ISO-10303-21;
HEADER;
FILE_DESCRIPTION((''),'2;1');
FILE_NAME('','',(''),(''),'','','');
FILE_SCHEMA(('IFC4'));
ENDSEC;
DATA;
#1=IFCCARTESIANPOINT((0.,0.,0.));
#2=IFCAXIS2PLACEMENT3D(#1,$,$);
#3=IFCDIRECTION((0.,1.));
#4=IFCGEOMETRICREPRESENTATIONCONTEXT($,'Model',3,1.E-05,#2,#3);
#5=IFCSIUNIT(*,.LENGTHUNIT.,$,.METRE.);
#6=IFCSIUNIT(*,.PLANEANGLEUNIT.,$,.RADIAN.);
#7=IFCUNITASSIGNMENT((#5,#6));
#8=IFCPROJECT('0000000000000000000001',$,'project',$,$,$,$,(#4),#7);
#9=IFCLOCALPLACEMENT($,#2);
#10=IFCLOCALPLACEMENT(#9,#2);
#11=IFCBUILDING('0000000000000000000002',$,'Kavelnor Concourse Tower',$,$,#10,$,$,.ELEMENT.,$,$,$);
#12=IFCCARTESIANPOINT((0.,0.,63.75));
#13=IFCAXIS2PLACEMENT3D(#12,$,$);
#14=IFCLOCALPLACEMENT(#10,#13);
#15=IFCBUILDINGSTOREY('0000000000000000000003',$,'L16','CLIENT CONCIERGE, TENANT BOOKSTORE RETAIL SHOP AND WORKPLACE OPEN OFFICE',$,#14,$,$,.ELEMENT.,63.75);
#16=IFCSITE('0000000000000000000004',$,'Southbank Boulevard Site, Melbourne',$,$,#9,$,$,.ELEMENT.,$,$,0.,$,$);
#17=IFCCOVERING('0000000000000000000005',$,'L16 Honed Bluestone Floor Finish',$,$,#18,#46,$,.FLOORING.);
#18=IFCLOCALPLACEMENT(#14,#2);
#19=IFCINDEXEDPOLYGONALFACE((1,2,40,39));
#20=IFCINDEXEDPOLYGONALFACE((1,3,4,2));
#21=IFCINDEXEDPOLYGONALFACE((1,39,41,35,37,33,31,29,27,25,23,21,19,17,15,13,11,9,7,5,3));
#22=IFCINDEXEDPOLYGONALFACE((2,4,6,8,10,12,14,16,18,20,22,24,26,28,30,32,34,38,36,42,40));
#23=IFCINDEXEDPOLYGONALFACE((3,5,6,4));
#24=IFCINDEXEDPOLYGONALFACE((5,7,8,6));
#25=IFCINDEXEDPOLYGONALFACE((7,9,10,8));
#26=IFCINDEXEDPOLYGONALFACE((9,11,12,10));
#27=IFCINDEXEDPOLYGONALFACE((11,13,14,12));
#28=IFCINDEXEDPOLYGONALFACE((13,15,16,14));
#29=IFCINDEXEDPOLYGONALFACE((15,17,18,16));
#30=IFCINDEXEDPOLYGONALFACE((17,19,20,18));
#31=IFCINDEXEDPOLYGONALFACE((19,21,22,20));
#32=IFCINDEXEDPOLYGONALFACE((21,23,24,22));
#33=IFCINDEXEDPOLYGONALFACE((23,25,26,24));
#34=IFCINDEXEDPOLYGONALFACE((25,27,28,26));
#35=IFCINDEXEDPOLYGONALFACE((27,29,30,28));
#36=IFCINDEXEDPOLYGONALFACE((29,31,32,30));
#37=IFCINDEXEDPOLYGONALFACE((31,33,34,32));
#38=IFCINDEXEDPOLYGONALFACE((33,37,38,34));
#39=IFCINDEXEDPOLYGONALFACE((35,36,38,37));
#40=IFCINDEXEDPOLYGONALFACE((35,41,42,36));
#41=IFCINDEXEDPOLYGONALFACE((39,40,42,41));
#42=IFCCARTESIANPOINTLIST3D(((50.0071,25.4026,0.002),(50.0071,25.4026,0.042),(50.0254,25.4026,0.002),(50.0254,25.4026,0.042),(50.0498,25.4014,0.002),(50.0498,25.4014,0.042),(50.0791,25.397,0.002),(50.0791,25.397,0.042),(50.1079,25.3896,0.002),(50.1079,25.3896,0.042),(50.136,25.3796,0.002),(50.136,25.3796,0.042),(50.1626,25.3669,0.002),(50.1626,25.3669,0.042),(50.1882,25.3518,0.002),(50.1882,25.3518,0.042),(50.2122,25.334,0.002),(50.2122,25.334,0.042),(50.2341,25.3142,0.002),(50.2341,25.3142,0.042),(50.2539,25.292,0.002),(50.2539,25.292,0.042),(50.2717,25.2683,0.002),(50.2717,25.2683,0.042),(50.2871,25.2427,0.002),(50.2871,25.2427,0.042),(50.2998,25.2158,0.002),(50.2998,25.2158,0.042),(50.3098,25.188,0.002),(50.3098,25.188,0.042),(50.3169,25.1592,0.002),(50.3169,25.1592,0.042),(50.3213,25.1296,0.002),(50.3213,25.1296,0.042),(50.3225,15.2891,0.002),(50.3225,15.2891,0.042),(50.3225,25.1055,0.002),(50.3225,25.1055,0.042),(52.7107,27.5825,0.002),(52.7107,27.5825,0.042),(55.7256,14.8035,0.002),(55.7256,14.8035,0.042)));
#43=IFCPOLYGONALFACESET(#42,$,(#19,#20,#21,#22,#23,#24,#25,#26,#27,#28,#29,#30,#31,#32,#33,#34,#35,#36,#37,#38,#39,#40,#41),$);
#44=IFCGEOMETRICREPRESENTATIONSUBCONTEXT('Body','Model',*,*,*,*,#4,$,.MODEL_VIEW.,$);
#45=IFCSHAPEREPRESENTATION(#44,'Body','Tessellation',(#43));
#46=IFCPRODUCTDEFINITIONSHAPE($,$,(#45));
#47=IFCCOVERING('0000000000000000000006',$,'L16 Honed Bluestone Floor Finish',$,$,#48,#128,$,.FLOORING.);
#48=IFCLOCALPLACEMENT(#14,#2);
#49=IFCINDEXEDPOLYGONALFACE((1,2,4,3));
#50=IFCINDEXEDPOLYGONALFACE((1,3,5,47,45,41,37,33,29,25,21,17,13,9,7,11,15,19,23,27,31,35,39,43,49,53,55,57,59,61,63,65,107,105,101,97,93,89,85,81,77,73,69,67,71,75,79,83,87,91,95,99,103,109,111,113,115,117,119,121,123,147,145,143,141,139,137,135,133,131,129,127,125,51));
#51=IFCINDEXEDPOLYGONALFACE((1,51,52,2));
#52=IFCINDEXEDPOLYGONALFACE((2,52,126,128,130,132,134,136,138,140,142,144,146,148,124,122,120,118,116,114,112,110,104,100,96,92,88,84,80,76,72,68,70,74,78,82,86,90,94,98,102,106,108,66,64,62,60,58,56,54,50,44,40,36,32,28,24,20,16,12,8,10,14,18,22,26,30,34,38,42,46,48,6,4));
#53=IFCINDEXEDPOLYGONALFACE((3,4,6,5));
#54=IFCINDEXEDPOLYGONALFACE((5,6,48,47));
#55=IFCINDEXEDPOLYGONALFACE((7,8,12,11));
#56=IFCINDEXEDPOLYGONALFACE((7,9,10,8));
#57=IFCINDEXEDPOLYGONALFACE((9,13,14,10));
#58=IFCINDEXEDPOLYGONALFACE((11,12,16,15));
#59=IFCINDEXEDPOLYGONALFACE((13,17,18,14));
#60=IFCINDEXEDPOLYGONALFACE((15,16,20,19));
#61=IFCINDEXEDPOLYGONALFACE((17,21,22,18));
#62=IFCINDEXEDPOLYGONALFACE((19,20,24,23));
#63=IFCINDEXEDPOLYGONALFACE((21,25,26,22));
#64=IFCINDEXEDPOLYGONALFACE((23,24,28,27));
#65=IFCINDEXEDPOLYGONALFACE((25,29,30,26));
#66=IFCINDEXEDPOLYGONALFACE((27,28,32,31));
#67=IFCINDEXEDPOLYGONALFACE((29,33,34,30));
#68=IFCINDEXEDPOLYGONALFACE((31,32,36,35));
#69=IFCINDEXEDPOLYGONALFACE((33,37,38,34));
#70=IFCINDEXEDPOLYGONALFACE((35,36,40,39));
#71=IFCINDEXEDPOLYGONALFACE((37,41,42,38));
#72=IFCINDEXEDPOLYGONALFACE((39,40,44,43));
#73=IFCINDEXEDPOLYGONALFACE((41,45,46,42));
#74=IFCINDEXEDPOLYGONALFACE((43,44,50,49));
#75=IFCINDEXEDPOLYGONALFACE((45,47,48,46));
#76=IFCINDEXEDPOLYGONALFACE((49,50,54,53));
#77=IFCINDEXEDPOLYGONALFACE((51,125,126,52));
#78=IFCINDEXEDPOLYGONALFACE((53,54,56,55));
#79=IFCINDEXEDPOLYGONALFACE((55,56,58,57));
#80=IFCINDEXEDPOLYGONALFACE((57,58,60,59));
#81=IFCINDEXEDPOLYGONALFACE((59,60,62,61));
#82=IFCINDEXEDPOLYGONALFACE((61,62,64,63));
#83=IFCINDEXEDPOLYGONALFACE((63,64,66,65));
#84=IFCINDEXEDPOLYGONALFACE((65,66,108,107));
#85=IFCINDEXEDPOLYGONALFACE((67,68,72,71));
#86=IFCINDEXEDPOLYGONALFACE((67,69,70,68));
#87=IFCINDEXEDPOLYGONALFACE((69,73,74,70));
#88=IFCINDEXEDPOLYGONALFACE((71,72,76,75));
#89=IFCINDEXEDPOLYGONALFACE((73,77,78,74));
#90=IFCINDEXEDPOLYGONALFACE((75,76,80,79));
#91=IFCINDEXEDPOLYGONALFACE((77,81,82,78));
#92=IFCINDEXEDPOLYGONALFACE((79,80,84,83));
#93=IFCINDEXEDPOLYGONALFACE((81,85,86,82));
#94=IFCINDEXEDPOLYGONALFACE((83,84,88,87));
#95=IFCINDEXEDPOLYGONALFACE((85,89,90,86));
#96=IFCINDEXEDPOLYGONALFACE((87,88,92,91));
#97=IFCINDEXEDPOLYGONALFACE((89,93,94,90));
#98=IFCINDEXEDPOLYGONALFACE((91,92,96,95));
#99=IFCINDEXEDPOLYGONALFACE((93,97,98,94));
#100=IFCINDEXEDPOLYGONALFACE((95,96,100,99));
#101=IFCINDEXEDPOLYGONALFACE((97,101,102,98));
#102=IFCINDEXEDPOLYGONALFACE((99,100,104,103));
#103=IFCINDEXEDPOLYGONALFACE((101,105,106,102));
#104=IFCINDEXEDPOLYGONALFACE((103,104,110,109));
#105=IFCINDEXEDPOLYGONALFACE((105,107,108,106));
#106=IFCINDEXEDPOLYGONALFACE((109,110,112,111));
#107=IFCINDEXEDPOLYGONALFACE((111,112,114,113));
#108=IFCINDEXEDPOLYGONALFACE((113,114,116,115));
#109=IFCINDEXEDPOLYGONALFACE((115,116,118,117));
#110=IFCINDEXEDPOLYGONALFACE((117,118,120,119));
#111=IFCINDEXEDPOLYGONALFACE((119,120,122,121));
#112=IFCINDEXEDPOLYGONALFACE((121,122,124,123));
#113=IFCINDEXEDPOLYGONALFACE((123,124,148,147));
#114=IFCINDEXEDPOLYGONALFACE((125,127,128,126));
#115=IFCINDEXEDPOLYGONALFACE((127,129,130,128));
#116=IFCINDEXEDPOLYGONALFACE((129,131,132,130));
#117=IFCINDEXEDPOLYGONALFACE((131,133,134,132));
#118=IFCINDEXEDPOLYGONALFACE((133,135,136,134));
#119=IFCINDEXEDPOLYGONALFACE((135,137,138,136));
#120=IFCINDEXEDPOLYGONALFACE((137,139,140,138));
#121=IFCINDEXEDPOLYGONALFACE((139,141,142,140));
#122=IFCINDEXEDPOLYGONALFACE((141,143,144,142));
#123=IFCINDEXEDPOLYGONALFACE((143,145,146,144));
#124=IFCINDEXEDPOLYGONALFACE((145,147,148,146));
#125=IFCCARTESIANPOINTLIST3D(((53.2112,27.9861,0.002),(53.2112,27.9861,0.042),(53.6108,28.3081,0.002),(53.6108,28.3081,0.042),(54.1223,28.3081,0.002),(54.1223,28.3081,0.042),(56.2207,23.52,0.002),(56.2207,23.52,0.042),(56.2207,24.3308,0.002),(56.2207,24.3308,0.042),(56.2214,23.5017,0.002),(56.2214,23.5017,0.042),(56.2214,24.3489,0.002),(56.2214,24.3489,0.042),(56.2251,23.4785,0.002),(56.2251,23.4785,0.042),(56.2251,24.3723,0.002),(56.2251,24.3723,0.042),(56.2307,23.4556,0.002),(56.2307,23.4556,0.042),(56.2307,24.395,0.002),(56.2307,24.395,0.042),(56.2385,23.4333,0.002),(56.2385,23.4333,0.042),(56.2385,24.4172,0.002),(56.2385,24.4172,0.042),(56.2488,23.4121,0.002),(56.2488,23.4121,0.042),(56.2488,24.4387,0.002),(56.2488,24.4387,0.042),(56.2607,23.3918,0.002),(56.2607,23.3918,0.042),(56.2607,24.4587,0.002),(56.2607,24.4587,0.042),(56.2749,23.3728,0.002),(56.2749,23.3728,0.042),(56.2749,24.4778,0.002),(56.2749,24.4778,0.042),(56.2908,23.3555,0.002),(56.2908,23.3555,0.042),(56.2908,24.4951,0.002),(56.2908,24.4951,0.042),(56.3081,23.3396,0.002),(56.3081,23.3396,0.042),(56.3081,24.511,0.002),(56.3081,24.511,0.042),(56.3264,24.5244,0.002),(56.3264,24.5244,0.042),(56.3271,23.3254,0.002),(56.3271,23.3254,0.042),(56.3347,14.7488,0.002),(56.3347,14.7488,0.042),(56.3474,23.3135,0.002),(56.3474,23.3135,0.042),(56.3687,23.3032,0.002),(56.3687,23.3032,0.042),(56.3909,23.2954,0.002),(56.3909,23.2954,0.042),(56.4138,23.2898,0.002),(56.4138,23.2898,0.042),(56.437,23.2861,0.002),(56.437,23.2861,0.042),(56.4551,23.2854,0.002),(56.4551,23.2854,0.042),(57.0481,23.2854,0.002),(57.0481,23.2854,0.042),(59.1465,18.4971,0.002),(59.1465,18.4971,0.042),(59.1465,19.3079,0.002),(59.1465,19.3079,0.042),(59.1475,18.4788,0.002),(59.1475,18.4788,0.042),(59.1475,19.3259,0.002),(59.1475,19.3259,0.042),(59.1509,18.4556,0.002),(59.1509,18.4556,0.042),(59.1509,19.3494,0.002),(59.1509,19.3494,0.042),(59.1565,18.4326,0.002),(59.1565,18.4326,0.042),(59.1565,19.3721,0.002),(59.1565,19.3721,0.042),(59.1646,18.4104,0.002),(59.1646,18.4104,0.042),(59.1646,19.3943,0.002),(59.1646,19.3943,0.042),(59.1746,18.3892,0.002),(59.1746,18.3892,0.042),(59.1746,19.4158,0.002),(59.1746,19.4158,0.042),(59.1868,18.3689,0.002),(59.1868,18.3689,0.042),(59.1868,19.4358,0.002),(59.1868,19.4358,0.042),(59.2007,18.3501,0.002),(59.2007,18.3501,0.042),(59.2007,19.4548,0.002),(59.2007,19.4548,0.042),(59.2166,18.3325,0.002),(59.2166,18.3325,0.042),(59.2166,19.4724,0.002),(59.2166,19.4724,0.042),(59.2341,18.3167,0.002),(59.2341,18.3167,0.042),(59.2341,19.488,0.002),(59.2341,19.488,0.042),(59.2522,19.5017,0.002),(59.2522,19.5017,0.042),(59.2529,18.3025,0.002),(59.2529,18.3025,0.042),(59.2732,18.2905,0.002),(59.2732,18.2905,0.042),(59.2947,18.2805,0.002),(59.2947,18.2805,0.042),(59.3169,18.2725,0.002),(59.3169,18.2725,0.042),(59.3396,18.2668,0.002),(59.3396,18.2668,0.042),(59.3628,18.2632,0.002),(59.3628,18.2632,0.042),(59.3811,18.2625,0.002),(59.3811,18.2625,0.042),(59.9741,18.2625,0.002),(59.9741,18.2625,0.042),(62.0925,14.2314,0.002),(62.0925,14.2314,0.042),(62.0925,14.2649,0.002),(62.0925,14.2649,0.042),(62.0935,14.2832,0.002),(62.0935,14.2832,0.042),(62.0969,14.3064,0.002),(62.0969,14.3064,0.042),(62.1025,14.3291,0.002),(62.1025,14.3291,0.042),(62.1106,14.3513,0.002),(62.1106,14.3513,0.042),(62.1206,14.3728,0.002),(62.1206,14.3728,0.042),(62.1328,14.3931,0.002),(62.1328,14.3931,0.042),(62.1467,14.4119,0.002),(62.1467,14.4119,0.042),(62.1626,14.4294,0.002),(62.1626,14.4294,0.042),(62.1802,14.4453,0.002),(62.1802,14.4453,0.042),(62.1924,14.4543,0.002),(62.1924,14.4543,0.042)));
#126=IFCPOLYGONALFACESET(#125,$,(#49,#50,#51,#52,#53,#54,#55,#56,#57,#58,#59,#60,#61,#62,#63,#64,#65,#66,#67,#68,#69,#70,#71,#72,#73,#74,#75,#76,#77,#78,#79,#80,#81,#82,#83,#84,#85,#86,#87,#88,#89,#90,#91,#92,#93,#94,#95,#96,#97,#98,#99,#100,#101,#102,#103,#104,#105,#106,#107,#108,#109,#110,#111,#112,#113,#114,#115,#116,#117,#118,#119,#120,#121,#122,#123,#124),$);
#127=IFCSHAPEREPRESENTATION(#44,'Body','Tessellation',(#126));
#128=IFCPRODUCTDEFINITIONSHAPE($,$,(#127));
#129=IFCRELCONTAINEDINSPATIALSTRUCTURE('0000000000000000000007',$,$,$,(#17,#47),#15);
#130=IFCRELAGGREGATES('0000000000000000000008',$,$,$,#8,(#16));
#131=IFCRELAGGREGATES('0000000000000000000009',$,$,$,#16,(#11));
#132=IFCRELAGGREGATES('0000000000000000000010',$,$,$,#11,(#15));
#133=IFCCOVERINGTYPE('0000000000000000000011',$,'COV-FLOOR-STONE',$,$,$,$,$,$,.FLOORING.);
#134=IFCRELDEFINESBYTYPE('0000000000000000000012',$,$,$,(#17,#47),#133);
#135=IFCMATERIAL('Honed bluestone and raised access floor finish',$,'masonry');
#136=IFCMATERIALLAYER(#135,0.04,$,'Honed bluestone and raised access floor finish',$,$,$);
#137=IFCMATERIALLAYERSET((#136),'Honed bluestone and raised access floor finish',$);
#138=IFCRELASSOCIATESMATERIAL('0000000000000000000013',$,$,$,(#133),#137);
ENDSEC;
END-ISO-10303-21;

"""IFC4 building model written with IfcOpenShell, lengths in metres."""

from ifc_helpers import new_model, si_unit, direction, frame, origin, place, context, subcontext, project, spatial, polyline, outline, extrude, material, layer, layer_set, type_object, element, save


model = new_model("IFC4")

# Units and contexts
model_context = context("Model", 3, precision=1e-05, world=origin(), true_north=direction((0.0, 1.0)))
body_context = subcontext(model_context, "Body", "Model", "MODEL_VIEW")
ifc_project = project(units=[si_unit("LENGTHUNIT", "METRE"), si_unit("PLANEANGLEUNIT", "RADIAN")], contexts=[model_context])

# Site, building, storey
site_placement = place(None, origin())
site = spatial("IfcSite", under=ifc_project, at=site_placement, Name="Southbank Boulevard Site, Melbourne", CompositionType="ELEMENT", RefElevation=0.0)
building_placement = place(site_placement, origin())
building = spatial("IfcBuilding", under=site, at=building_placement, Name="Kavelnor Concourse Tower", CompositionType="ELEMENT")
storey_placement = place(building_placement, frame((0.0, 0.0, 63.75)))
storey = spatial("IfcBuildingStorey", under=building, at=storey_placement, Name="L16", Description="CLIENT CONCIERGE, TENANT BOOKSTORE RETAIL SHOP AND WORKPLACE OPEN OFFICE", CompositionType="ELEMENT", Elevation=63.75)

# Coverings
ifc_material_1 = material(Name="Honed bluestone and raised access floor finish", Category="masonry")
ifc_layer_1 = layer(ifc_material_1, 0.04, Name="Honed bluestone and raised access floor finish")
ifc_layer_set_1 = layer_set([ifc_layer_1], Name="Honed bluestone and raised access floor finish")
covering_type_1 = type_object("IfcCoveringType", Name="COV-FLOOR-STONE", PredefinedType="FLOORING", material=ifc_layer_set_1)
covering_1_placement = place(storey_placement, frame((0.0, 0.0, 0.002)))
element("IfcCovering", 1, at=covering_1_placement, inside=storey, type_object=covering_type_1, Name="L16 Honed Bluestone Floor Finish", PredefinedType="FLOORING", context=body_context, shape_type="SweptSolid", body=[
    extrude(outline(polyline([(50.3169, 25.1592), (50.3098, 25.188), (50.2998, 25.2158), (50.2871, 25.2427), (50.2717, 25.2683), (50.2539, 25.292), (50.2341, 25.3142), (50.2122, 25.334), (50.1882, 25.3518), (50.1626, 25.3669), (50.136, 25.3796), (50.1079, 25.3896), (50.0791, 25.397), (50.0498, 25.4014), (50.0254, 25.4026), (50.0071, 25.4026), (52.7107, 27.5825), (55.7256, 14.8035), (50.3225, 15.2891), (50.3225, 25.1055), (50.3213, 25.1296), (50.3169, 25.1592)])), origin(), (0.0, 0.0, 1.0), 0.04),
])
covering_2_placement = place(storey_placement, frame((0.0, 0.0, 0.002)))
element("IfcCovering", 2, at=covering_2_placement, inside=storey, type_object=covering_type_1, Name="L16 Honed Bluestone Floor Finish", PredefinedType="FLOORING", context=body_context, shape_type="SweptSolid", body=[
    extrude(outline(polyline([(54.1223, 28.3081), (56.3264, 24.5244), (56.3081, 24.511), (56.2908, 24.4951), (56.2749, 24.4778), (56.2607, 24.4587), (56.2488, 24.4387), (56.2385, 24.4172), (56.2307, 24.395), (56.2251, 24.3723), (56.2214, 24.3489), (56.2207, 24.3308), (56.2207, 23.52), (56.2214, 23.5017), (56.2251, 23.4785), (56.2307, 23.4556), (56.2385, 23.4333), (56.2488, 23.4121), (56.2607, 23.3918), (56.2749, 23.3728), (56.2908, 23.3555), (56.3081, 23.3396), (56.3271, 23.3254), (56.3474, 23.3135), (56.3687, 23.3032), (56.3909, 23.2954), (56.4138, 23.2898), (56.437, 23.2861), (56.4551, 23.2854), (57.0481, 23.2854), (59.2522, 19.5017), (59.2341, 19.488), (59.2166, 19.4724), (59.2007, 19.4548), (59.1868, 19.4358), (59.1746, 19.4158), (59.1646, 19.3943), (59.1565, 19.3721), (59.1509, 19.3494), (59.1475, 19.3259), (59.1465, 19.3079), (59.1465, 18.4971), (59.1475, 18.4788), (59.1509, 18.4556), (59.1565, 18.4326), (59.1646, 18.4104), (59.1746, 18.3892), (59.1868, 18.3689), (59.2007, 18.3501), (59.2166, 18.3325), (59.2341, 18.3167), (59.2529, 18.3025), (59.2732, 18.2905), (59.2947, 18.2805), (59.3169, 18.2725), (59.3396, 18.2668), (59.3628, 18.2632), (59.3811, 18.2625), (59.9741, 18.2625), (62.1924, 14.4543), (62.1802, 14.4453), (62.1626, 14.4294), (62.1467, 14.4119), (62.1328, 14.3931), (62.1206, 14.3728), (62.1106, 14.3513), (62.1025, 14.3291), (62.0969, 14.3064), (62.0935, 14.2832), (62.0925, 14.2649), (62.0925, 14.2314), (56.3347, 14.7488), (53.2112, 27.9861), (53.6108, 28.3081), (54.1223, 28.3081)])), origin(), (0.0, 0.0, 1.0), 0.04),
])

save(model, "model.ifc")
